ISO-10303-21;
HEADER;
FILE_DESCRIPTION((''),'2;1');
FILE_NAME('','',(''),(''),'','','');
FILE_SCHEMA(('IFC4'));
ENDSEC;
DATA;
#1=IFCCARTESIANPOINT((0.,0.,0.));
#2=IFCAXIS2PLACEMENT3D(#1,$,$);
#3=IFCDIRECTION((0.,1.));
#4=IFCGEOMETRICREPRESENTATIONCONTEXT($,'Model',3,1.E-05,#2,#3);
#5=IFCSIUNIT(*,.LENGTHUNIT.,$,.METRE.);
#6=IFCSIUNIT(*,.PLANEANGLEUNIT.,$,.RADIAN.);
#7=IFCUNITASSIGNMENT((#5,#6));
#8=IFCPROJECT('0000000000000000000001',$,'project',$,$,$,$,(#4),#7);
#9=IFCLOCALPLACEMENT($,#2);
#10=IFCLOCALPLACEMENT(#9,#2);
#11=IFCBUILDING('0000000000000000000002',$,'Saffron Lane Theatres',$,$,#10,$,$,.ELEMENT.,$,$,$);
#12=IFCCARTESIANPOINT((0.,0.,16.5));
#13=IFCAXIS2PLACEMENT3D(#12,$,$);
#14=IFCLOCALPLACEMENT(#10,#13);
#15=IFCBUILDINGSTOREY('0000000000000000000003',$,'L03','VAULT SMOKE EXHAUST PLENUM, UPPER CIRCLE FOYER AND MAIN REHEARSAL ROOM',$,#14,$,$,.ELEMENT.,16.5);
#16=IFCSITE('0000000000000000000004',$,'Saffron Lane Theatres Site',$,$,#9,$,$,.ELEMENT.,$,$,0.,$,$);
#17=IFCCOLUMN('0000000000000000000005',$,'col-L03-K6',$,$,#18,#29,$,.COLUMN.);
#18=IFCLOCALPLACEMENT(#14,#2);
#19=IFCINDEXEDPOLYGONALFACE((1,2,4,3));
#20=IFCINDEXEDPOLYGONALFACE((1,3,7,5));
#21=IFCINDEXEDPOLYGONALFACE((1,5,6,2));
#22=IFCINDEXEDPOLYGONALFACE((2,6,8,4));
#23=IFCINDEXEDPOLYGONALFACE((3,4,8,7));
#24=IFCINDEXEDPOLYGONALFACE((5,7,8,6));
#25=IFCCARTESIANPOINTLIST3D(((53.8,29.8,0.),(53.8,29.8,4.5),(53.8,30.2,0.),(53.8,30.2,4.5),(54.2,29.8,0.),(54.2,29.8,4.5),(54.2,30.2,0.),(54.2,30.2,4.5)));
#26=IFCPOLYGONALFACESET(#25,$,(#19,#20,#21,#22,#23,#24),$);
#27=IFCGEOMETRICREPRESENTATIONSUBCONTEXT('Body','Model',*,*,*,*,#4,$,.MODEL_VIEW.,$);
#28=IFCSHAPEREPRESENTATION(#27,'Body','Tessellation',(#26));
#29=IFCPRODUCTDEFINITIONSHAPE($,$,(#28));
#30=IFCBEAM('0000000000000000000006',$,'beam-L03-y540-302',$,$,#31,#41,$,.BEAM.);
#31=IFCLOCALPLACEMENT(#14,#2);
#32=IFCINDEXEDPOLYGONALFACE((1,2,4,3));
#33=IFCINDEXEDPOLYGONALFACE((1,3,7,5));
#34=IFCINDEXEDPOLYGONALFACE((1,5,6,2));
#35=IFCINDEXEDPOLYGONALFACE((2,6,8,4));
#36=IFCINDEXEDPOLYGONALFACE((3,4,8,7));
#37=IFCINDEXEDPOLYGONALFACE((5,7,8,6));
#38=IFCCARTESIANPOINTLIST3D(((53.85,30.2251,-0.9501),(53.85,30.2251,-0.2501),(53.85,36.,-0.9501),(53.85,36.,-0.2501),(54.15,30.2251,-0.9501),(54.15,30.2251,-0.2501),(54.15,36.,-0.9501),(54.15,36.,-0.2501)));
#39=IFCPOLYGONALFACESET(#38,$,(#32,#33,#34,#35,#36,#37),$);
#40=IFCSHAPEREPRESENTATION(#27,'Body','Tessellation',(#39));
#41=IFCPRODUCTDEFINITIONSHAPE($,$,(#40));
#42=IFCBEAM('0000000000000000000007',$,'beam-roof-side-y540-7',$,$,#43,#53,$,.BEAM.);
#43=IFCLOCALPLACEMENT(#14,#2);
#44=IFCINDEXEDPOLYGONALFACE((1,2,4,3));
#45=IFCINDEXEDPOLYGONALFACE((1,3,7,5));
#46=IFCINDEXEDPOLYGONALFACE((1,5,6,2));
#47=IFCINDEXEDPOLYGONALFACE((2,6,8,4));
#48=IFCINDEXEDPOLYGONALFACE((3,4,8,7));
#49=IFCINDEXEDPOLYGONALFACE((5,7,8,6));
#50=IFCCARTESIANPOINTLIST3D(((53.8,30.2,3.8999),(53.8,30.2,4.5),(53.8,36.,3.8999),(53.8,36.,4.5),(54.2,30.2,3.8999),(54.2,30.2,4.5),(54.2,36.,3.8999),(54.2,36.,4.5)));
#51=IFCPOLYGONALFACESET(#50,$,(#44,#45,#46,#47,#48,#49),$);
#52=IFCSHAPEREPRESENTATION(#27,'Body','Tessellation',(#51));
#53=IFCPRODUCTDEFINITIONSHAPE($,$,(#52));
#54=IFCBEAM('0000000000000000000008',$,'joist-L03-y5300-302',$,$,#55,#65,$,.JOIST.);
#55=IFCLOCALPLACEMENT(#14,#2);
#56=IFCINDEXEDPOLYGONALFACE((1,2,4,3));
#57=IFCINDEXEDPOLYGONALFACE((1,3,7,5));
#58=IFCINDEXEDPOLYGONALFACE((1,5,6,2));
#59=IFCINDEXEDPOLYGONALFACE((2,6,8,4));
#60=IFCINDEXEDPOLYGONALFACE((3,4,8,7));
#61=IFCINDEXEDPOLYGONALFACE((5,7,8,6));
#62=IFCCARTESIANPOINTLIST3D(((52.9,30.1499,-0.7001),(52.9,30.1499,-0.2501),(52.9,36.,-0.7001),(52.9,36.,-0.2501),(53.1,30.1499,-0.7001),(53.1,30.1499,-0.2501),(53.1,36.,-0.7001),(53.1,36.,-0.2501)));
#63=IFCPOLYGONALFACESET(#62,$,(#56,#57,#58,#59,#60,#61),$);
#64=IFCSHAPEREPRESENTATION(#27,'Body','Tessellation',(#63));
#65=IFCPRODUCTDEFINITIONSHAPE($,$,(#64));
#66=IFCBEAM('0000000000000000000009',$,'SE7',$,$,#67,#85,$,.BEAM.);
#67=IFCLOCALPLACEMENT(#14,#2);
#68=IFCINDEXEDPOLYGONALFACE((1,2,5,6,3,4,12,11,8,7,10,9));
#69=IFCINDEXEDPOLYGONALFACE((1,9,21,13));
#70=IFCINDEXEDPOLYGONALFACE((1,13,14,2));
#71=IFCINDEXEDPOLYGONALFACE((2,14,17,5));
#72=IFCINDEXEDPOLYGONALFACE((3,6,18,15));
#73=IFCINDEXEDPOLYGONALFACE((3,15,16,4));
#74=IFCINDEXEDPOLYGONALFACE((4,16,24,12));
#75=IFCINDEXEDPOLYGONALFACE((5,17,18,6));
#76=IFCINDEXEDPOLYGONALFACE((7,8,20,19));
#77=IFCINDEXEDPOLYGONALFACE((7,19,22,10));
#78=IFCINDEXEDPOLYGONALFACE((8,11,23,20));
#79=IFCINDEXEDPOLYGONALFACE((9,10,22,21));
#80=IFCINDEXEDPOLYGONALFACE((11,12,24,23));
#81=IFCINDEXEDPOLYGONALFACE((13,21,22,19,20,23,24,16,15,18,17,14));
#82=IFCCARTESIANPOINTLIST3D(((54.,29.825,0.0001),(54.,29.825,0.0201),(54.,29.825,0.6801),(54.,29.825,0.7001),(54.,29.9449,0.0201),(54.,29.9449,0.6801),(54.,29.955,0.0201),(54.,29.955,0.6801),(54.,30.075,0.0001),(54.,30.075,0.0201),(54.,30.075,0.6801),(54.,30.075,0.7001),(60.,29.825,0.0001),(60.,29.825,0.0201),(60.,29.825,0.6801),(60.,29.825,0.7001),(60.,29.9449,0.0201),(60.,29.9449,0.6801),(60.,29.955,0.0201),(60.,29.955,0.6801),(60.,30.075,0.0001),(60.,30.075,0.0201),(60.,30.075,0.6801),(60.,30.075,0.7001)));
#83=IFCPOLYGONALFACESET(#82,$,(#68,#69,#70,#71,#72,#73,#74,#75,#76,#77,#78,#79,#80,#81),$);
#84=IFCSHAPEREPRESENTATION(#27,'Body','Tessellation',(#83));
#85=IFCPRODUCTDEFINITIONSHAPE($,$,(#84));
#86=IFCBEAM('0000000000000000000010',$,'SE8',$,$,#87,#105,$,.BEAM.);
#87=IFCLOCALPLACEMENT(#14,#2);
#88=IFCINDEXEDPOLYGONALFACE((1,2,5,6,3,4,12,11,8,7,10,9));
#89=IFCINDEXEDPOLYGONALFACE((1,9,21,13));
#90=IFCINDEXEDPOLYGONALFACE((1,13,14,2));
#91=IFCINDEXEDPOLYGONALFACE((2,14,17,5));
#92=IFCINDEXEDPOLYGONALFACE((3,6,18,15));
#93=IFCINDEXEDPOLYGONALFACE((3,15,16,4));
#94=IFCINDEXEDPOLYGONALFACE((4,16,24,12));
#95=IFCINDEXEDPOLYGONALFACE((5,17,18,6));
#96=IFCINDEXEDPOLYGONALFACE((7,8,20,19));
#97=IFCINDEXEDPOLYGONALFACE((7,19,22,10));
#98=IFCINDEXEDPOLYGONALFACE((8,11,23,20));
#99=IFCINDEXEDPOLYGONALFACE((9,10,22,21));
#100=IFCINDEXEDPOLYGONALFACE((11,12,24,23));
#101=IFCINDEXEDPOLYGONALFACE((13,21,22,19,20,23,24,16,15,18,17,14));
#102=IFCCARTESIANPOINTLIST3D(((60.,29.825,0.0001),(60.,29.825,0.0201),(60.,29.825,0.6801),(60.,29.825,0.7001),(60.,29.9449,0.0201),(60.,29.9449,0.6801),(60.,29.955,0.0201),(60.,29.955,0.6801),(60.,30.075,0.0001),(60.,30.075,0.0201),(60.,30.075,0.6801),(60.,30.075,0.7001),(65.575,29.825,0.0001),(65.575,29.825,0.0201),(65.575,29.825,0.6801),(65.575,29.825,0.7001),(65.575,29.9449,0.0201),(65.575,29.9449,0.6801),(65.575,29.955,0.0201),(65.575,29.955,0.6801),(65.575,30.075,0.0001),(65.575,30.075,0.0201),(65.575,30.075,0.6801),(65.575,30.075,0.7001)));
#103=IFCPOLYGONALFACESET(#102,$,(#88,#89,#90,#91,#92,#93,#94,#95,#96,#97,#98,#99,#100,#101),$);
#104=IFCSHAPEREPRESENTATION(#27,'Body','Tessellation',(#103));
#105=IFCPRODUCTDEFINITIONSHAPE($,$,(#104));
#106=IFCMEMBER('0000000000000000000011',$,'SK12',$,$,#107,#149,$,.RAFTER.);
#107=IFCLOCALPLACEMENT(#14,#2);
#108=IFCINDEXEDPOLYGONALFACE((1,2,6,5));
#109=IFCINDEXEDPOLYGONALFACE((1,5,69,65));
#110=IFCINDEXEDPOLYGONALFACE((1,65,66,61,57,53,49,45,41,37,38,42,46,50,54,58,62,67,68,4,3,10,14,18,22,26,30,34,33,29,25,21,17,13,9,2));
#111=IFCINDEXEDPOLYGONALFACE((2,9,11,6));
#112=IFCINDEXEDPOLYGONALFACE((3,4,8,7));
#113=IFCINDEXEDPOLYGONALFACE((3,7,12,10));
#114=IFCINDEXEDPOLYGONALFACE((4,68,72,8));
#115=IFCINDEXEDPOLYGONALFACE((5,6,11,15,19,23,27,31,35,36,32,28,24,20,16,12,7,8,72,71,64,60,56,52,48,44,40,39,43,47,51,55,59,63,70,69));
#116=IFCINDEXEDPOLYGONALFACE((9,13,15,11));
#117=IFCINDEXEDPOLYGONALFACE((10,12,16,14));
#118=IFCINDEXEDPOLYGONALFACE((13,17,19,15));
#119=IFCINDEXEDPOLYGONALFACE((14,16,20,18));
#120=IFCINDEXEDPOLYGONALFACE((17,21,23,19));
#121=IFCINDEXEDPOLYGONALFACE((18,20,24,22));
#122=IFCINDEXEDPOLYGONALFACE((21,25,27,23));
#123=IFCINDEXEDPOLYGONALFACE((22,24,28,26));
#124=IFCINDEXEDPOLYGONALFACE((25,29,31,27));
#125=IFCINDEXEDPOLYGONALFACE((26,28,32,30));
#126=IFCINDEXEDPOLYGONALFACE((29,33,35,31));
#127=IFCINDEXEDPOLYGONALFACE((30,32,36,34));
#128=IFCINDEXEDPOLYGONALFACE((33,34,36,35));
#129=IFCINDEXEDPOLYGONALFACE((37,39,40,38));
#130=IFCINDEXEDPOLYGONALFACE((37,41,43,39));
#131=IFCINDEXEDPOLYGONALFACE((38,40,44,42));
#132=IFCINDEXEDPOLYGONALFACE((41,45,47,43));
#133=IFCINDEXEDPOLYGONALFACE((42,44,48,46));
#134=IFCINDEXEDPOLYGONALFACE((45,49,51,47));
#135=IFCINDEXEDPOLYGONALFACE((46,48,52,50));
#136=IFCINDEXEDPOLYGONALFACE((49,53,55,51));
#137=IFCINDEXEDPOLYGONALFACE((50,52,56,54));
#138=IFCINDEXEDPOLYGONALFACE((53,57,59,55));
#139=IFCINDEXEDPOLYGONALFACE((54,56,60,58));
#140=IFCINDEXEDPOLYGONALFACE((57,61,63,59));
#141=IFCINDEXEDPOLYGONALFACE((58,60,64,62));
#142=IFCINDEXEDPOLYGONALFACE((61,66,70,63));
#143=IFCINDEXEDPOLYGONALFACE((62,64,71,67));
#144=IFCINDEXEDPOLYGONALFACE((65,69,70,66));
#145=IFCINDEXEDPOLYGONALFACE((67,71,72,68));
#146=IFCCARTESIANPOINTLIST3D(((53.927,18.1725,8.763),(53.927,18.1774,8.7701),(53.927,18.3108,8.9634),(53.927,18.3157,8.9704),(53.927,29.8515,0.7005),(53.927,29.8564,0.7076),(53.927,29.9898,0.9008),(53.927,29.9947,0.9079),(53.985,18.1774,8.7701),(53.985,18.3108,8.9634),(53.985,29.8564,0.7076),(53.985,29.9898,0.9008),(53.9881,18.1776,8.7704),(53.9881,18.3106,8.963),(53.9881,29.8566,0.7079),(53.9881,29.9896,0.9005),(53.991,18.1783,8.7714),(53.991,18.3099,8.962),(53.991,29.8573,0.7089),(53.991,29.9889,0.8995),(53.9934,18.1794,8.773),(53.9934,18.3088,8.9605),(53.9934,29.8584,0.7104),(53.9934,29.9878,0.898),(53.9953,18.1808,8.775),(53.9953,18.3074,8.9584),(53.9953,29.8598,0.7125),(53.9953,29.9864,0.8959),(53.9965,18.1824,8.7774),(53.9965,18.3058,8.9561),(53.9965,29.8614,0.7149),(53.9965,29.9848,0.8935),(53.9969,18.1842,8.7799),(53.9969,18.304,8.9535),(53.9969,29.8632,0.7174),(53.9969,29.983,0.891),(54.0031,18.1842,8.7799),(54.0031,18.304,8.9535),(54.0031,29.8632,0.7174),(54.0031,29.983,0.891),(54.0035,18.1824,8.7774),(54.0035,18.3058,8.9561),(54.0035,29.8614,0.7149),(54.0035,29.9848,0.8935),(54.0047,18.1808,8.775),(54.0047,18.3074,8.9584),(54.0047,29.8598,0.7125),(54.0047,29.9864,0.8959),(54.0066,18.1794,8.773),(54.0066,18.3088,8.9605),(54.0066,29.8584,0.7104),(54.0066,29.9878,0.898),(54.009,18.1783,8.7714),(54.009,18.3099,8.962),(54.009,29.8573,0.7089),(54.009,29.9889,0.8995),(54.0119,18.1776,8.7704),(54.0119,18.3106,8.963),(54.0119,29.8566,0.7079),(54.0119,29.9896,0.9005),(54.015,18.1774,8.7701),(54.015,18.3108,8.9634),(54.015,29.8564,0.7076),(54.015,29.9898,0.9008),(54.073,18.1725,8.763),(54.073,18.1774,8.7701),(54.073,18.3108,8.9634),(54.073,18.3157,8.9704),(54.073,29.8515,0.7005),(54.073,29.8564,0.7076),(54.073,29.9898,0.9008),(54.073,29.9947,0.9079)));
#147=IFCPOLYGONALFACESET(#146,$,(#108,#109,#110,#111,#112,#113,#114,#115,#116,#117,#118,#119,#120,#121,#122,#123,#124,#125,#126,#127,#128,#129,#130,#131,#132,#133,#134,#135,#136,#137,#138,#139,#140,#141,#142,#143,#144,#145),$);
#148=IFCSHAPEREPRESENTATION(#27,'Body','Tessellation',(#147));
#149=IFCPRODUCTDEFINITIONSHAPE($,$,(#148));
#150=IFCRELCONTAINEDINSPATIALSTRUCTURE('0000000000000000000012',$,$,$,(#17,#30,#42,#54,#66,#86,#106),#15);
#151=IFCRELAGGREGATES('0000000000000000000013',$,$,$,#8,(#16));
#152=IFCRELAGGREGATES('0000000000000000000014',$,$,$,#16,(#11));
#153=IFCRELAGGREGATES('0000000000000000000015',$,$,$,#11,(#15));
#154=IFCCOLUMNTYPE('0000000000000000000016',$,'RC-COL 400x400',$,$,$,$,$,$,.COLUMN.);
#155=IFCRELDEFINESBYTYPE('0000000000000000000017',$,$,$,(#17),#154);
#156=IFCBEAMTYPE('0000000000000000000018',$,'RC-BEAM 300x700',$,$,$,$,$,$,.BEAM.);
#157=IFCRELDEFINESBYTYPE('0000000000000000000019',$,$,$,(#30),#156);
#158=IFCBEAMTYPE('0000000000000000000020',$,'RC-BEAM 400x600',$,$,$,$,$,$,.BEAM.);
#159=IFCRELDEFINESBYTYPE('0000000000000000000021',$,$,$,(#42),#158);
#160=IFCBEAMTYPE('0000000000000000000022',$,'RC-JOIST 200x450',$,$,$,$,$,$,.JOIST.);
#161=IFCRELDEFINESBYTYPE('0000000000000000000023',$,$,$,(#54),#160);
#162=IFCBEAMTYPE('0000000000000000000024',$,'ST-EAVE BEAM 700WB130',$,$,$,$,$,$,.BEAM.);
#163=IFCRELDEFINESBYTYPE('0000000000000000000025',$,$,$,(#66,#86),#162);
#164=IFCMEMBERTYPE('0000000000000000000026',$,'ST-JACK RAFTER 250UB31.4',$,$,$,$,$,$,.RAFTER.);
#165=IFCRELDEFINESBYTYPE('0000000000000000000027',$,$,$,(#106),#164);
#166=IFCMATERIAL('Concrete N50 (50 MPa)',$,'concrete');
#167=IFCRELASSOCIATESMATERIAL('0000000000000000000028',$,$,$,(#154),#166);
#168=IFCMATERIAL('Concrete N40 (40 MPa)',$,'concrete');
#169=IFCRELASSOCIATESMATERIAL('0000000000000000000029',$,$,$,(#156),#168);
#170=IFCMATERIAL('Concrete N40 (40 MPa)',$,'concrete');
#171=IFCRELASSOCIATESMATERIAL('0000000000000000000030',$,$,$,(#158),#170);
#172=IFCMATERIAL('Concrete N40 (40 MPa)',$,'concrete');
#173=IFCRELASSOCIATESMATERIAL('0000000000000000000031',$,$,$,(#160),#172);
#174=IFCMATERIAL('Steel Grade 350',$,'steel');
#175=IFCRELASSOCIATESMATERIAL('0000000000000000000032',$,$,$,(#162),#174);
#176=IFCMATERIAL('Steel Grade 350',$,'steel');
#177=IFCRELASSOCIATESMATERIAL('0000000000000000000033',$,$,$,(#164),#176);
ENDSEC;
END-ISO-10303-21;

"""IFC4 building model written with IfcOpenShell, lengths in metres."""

from ifc_helpers import new_model, si_unit, direction, frame, origin, origin_2d, place, context, subcontext, project, spatial, rectangle, i_section, extrude, material, material_profile, profile_set, type_object, element, save


model = new_model("IFC4")

# Units and contexts
model_context = context("Model", 3, precision=1e-05, world=origin(), true_north=direction((0.0, 1.0)))
body_context = subcontext(model_context, "Body", "Model", "MODEL_VIEW")
ifc_project = project(units=[si_unit("LENGTHUNIT", "METRE"), si_unit("PLANEANGLEUNIT", "RADIAN")], contexts=[model_context])

# Site, building, storey
site_placement = place(None, origin())
site = spatial("IfcSite", under=ifc_project, at=site_placement, Name="Saffron Lane Theatres Site", CompositionType="ELEMENT", RefElevation=0.0)
building_placement = place(site_placement, origin())
building = spatial("IfcBuilding", under=site, at=building_placement, Name="Saffron Lane Theatres", CompositionType="ELEMENT")
storey_placement = place(building_placement, frame((0.0, 0.0, 16.5)))
storey = spatial("IfcBuildingStorey", under=building, at=storey_placement, Name="L03", Description="VAULT SMOKE EXHAUST PLENUM, UPPER CIRCLE FOYER AND MAIN REHEARSAL ROOM", CompositionType="ELEMENT", Elevation=16.5)

# Column
ifc_material_1 = material(Name="Concrete N50 (50 MPa)", Category="concrete")
ifc_material_profile_1 = material_profile(ifc_material_1, rectangle(XDim=0.3999, YDim=0.3999, at=origin_2d()))
ifc_profile_set_1 = profile_set([ifc_material_profile_1], Name="Concrete N50 (50 MPa)")
column_type = type_object("IfcColumnType", Name="RC-COL 400x400", PredefinedType="COLUMN", material=ifc_profile_set_1)
column_placement = place(storey_placement, frame((54.0, 30.0, 0.0), z_axis=(0.0, 0.0, 1.0), x_axis=(1.0, 0.0, 0.0)))
element("IfcColumn", 1, at=column_placement, inside=storey, type_object=column_type, Name="col-L03-K6", PredefinedType="COLUMN", context=body_context, shape_type="SweptSolid", body=[
    extrude(rectangle(XDim=0.3999, YDim=0.3999, at=origin_2d()), origin(), (0.0, 0.0, 1.0), 4.5),
])

# Beams
ifc_material_2 = material(Name="Concrete N40 (40 MPa)", Category="concrete")
ifc_material_profile_2 = material_profile(ifc_material_2, rectangle(XDim=0.3, YDim=0.7, at=origin_2d()))
ifc_profile_set_2 = profile_set([ifc_material_profile_2], Name="Concrete N40 (40 MPa)")
beam_type_1 = type_object("IfcBeamType", Name="RC-BEAM 300x700", PredefinedType="BEAM", material=ifc_profile_set_2)
beam_1_placement = place(storey_placement, frame((54.0, 30.2251, -0.6001), z_axis=(0.0, 1.0, 0.0), x_axis=(-1.0, 0.0, 0.0)))
element("IfcBeam", 2, at=beam_1_placement, inside=storey, type_object=beam_type_1, Name="beam-L03-y540-302", PredefinedType="BEAM", context=body_context, shape_type="SweptSolid", body=[
    extrude(rectangle(XDim=0.3, YDim=0.7, at=origin_2d()), origin(), (0.0, 0.0, 1.0), 5.7749),
])
ifc_material_3 = material(Name="Concrete N40 (40 MPa)", Category="concrete")
ifc_material_profile_3 = material_profile(ifc_material_3, rectangle(XDim=0.3999, YDim=0.6001, at=origin_2d()))
ifc_profile_set_3 = profile_set([ifc_material_profile_3], Name="Concrete N40 (40 MPa)")
beam_type_2 = type_object("IfcBeamType", Name="RC-BEAM 400x600", PredefinedType="BEAM", material=ifc_profile_set_3)
beam_2_placement = place(storey_placement, frame((54.0, 30.2, 4.2), z_axis=(0.0, 1.0, 0.0), x_axis=(-1.0, 0.0, 0.0)))
element("IfcBeam", 3, at=beam_2_placement, inside=storey, type_object=beam_type_2, Name="beam-roof-side-y540-7", PredefinedType="BEAM", context=body_context, shape_type="SweptSolid", body=[
    extrude(rectangle(XDim=0.3999, YDim=0.6001, at=origin_2d()), origin(), (0.0, 0.0, 1.0), 5.8),
])
ifc_material_4 = material(Name="Concrete N40 (40 MPa)", Category="concrete")
ifc_material_profile_4 = material_profile(ifc_material_4, rectangle(XDim=0.2, YDim=0.45, at=origin_2d()))
ifc_profile_set_4 = profile_set([ifc_material_profile_4], Name="Concrete N40 (40 MPa)")
beam_type_3 = type_object("IfcBeamType", Name="RC-JOIST 200x450", PredefinedType="JOIST", material=ifc_profile_set_4)
beam_3_placement = place(storey_placement, frame((53.0, 30.1499, -0.4751), z_axis=(0.0, 1.0, 0.0), x_axis=(-1.0, 0.0, 0.0)))
element("IfcBeam", 4, at=beam_3_placement, inside=storey, type_object=beam_type_3, Name="joist-L03-y5300-302", PredefinedType="JOIST", context=body_context, shape_type="SweptSolid", body=[
    extrude(rectangle(XDim=0.2, YDim=0.45, at=origin_2d()), origin(), (0.0, 0.0, 1.0), 5.8501),
])
ifc_material_5 = material(Name="Steel Grade 350", Category="steel")
ifc_material_profile_5 = material_profile(ifc_material_5, i_section(OverallWidth=0.25, OverallDepth=0.7, WebThickness=0.01, FlangeThickness=0.02, at=origin_2d()))
ifc_profile_set_5 = profile_set([ifc_material_profile_5], Name="Steel Grade 350")
beam_type_4 = type_object("IfcBeamType", Name="ST-EAVE BEAM 700WB130", PredefinedType="BEAM", material=ifc_profile_set_5)
beam_4_placement = place(storey_placement, frame((54.0, 29.95, 0.3501), z_axis=(1.0, 0.0, 0.0), x_axis=(0.0, 1.0, 0.0)))
element("IfcBeam", 5, at=beam_4_placement, inside=storey, type_object=beam_type_4, Name="SE7", PredefinedType="BEAM", context=body_context, shape_type="SweptSolid", body=[
    extrude(i_section(OverallWidth=0.25, OverallDepth=0.7, WebThickness=0.01, FlangeThickness=0.02, at=origin_2d()), origin(), (0.0, 0.0, 1.0), 6.0),
])
beam_5_placement = place(storey_placement, frame((60.0, 29.95, 0.3501), z_axis=(1.0, 0.0, 0.0), x_axis=(0.0, 1.0, 0.0)))
element("IfcBeam", 6, at=beam_5_placement, inside=storey, type_object=beam_type_4, Name="SE8", PredefinedType="BEAM", context=body_context, shape_type="SweptSolid", body=[
    extrude(i_section(OverallWidth=0.25, OverallDepth=0.7, WebThickness=0.01, FlangeThickness=0.02, at=origin_2d()), origin(), (0.0, 0.0, 1.0), 5.575),
])

# Member
ifc_material_6 = material(Name="Steel Grade 350", Category="steel")
ifc_material_profile_6 = material_profile(ifc_material_6, i_section(OverallWidth=0.146, OverallDepth=0.252, WebThickness=0.0061, FlangeThickness=0.0085, FilletRadius=0.012, at=origin_2d()))
ifc_profile_set_6 = profile_set([ifc_material_profile_6], Name="Steel Grade 350")
member_type = type_object("IfcMemberType", Name="ST-JACK RAFTER 250UB31.4", PredefinedType="RAFTER", material=ifc_profile_set_6)
member_1_placement = place(storey_placement, frame((54.0, 29.9231, 0.8042), z_axis=(0.0, -0.822948, 0.568117), x_axis=(1.0, 0.0, 0.0)))
element("IfcMember", 7, at=member_1_placement, inside=storey, type_object=member_type, Name="SK12", PredefinedType="RAFTER", context=body_context, shape_type="SweptSolid", body=[
    extrude(i_section(OverallWidth=0.146, OverallDepth=0.252, WebThickness=0.0061, FlangeThickness=0.0085, FilletRadius=0.012, at=origin_2d()), origin(), (0.0, 0.0, 1.0), 14.1917),
])

save(model, "model.ifc")
